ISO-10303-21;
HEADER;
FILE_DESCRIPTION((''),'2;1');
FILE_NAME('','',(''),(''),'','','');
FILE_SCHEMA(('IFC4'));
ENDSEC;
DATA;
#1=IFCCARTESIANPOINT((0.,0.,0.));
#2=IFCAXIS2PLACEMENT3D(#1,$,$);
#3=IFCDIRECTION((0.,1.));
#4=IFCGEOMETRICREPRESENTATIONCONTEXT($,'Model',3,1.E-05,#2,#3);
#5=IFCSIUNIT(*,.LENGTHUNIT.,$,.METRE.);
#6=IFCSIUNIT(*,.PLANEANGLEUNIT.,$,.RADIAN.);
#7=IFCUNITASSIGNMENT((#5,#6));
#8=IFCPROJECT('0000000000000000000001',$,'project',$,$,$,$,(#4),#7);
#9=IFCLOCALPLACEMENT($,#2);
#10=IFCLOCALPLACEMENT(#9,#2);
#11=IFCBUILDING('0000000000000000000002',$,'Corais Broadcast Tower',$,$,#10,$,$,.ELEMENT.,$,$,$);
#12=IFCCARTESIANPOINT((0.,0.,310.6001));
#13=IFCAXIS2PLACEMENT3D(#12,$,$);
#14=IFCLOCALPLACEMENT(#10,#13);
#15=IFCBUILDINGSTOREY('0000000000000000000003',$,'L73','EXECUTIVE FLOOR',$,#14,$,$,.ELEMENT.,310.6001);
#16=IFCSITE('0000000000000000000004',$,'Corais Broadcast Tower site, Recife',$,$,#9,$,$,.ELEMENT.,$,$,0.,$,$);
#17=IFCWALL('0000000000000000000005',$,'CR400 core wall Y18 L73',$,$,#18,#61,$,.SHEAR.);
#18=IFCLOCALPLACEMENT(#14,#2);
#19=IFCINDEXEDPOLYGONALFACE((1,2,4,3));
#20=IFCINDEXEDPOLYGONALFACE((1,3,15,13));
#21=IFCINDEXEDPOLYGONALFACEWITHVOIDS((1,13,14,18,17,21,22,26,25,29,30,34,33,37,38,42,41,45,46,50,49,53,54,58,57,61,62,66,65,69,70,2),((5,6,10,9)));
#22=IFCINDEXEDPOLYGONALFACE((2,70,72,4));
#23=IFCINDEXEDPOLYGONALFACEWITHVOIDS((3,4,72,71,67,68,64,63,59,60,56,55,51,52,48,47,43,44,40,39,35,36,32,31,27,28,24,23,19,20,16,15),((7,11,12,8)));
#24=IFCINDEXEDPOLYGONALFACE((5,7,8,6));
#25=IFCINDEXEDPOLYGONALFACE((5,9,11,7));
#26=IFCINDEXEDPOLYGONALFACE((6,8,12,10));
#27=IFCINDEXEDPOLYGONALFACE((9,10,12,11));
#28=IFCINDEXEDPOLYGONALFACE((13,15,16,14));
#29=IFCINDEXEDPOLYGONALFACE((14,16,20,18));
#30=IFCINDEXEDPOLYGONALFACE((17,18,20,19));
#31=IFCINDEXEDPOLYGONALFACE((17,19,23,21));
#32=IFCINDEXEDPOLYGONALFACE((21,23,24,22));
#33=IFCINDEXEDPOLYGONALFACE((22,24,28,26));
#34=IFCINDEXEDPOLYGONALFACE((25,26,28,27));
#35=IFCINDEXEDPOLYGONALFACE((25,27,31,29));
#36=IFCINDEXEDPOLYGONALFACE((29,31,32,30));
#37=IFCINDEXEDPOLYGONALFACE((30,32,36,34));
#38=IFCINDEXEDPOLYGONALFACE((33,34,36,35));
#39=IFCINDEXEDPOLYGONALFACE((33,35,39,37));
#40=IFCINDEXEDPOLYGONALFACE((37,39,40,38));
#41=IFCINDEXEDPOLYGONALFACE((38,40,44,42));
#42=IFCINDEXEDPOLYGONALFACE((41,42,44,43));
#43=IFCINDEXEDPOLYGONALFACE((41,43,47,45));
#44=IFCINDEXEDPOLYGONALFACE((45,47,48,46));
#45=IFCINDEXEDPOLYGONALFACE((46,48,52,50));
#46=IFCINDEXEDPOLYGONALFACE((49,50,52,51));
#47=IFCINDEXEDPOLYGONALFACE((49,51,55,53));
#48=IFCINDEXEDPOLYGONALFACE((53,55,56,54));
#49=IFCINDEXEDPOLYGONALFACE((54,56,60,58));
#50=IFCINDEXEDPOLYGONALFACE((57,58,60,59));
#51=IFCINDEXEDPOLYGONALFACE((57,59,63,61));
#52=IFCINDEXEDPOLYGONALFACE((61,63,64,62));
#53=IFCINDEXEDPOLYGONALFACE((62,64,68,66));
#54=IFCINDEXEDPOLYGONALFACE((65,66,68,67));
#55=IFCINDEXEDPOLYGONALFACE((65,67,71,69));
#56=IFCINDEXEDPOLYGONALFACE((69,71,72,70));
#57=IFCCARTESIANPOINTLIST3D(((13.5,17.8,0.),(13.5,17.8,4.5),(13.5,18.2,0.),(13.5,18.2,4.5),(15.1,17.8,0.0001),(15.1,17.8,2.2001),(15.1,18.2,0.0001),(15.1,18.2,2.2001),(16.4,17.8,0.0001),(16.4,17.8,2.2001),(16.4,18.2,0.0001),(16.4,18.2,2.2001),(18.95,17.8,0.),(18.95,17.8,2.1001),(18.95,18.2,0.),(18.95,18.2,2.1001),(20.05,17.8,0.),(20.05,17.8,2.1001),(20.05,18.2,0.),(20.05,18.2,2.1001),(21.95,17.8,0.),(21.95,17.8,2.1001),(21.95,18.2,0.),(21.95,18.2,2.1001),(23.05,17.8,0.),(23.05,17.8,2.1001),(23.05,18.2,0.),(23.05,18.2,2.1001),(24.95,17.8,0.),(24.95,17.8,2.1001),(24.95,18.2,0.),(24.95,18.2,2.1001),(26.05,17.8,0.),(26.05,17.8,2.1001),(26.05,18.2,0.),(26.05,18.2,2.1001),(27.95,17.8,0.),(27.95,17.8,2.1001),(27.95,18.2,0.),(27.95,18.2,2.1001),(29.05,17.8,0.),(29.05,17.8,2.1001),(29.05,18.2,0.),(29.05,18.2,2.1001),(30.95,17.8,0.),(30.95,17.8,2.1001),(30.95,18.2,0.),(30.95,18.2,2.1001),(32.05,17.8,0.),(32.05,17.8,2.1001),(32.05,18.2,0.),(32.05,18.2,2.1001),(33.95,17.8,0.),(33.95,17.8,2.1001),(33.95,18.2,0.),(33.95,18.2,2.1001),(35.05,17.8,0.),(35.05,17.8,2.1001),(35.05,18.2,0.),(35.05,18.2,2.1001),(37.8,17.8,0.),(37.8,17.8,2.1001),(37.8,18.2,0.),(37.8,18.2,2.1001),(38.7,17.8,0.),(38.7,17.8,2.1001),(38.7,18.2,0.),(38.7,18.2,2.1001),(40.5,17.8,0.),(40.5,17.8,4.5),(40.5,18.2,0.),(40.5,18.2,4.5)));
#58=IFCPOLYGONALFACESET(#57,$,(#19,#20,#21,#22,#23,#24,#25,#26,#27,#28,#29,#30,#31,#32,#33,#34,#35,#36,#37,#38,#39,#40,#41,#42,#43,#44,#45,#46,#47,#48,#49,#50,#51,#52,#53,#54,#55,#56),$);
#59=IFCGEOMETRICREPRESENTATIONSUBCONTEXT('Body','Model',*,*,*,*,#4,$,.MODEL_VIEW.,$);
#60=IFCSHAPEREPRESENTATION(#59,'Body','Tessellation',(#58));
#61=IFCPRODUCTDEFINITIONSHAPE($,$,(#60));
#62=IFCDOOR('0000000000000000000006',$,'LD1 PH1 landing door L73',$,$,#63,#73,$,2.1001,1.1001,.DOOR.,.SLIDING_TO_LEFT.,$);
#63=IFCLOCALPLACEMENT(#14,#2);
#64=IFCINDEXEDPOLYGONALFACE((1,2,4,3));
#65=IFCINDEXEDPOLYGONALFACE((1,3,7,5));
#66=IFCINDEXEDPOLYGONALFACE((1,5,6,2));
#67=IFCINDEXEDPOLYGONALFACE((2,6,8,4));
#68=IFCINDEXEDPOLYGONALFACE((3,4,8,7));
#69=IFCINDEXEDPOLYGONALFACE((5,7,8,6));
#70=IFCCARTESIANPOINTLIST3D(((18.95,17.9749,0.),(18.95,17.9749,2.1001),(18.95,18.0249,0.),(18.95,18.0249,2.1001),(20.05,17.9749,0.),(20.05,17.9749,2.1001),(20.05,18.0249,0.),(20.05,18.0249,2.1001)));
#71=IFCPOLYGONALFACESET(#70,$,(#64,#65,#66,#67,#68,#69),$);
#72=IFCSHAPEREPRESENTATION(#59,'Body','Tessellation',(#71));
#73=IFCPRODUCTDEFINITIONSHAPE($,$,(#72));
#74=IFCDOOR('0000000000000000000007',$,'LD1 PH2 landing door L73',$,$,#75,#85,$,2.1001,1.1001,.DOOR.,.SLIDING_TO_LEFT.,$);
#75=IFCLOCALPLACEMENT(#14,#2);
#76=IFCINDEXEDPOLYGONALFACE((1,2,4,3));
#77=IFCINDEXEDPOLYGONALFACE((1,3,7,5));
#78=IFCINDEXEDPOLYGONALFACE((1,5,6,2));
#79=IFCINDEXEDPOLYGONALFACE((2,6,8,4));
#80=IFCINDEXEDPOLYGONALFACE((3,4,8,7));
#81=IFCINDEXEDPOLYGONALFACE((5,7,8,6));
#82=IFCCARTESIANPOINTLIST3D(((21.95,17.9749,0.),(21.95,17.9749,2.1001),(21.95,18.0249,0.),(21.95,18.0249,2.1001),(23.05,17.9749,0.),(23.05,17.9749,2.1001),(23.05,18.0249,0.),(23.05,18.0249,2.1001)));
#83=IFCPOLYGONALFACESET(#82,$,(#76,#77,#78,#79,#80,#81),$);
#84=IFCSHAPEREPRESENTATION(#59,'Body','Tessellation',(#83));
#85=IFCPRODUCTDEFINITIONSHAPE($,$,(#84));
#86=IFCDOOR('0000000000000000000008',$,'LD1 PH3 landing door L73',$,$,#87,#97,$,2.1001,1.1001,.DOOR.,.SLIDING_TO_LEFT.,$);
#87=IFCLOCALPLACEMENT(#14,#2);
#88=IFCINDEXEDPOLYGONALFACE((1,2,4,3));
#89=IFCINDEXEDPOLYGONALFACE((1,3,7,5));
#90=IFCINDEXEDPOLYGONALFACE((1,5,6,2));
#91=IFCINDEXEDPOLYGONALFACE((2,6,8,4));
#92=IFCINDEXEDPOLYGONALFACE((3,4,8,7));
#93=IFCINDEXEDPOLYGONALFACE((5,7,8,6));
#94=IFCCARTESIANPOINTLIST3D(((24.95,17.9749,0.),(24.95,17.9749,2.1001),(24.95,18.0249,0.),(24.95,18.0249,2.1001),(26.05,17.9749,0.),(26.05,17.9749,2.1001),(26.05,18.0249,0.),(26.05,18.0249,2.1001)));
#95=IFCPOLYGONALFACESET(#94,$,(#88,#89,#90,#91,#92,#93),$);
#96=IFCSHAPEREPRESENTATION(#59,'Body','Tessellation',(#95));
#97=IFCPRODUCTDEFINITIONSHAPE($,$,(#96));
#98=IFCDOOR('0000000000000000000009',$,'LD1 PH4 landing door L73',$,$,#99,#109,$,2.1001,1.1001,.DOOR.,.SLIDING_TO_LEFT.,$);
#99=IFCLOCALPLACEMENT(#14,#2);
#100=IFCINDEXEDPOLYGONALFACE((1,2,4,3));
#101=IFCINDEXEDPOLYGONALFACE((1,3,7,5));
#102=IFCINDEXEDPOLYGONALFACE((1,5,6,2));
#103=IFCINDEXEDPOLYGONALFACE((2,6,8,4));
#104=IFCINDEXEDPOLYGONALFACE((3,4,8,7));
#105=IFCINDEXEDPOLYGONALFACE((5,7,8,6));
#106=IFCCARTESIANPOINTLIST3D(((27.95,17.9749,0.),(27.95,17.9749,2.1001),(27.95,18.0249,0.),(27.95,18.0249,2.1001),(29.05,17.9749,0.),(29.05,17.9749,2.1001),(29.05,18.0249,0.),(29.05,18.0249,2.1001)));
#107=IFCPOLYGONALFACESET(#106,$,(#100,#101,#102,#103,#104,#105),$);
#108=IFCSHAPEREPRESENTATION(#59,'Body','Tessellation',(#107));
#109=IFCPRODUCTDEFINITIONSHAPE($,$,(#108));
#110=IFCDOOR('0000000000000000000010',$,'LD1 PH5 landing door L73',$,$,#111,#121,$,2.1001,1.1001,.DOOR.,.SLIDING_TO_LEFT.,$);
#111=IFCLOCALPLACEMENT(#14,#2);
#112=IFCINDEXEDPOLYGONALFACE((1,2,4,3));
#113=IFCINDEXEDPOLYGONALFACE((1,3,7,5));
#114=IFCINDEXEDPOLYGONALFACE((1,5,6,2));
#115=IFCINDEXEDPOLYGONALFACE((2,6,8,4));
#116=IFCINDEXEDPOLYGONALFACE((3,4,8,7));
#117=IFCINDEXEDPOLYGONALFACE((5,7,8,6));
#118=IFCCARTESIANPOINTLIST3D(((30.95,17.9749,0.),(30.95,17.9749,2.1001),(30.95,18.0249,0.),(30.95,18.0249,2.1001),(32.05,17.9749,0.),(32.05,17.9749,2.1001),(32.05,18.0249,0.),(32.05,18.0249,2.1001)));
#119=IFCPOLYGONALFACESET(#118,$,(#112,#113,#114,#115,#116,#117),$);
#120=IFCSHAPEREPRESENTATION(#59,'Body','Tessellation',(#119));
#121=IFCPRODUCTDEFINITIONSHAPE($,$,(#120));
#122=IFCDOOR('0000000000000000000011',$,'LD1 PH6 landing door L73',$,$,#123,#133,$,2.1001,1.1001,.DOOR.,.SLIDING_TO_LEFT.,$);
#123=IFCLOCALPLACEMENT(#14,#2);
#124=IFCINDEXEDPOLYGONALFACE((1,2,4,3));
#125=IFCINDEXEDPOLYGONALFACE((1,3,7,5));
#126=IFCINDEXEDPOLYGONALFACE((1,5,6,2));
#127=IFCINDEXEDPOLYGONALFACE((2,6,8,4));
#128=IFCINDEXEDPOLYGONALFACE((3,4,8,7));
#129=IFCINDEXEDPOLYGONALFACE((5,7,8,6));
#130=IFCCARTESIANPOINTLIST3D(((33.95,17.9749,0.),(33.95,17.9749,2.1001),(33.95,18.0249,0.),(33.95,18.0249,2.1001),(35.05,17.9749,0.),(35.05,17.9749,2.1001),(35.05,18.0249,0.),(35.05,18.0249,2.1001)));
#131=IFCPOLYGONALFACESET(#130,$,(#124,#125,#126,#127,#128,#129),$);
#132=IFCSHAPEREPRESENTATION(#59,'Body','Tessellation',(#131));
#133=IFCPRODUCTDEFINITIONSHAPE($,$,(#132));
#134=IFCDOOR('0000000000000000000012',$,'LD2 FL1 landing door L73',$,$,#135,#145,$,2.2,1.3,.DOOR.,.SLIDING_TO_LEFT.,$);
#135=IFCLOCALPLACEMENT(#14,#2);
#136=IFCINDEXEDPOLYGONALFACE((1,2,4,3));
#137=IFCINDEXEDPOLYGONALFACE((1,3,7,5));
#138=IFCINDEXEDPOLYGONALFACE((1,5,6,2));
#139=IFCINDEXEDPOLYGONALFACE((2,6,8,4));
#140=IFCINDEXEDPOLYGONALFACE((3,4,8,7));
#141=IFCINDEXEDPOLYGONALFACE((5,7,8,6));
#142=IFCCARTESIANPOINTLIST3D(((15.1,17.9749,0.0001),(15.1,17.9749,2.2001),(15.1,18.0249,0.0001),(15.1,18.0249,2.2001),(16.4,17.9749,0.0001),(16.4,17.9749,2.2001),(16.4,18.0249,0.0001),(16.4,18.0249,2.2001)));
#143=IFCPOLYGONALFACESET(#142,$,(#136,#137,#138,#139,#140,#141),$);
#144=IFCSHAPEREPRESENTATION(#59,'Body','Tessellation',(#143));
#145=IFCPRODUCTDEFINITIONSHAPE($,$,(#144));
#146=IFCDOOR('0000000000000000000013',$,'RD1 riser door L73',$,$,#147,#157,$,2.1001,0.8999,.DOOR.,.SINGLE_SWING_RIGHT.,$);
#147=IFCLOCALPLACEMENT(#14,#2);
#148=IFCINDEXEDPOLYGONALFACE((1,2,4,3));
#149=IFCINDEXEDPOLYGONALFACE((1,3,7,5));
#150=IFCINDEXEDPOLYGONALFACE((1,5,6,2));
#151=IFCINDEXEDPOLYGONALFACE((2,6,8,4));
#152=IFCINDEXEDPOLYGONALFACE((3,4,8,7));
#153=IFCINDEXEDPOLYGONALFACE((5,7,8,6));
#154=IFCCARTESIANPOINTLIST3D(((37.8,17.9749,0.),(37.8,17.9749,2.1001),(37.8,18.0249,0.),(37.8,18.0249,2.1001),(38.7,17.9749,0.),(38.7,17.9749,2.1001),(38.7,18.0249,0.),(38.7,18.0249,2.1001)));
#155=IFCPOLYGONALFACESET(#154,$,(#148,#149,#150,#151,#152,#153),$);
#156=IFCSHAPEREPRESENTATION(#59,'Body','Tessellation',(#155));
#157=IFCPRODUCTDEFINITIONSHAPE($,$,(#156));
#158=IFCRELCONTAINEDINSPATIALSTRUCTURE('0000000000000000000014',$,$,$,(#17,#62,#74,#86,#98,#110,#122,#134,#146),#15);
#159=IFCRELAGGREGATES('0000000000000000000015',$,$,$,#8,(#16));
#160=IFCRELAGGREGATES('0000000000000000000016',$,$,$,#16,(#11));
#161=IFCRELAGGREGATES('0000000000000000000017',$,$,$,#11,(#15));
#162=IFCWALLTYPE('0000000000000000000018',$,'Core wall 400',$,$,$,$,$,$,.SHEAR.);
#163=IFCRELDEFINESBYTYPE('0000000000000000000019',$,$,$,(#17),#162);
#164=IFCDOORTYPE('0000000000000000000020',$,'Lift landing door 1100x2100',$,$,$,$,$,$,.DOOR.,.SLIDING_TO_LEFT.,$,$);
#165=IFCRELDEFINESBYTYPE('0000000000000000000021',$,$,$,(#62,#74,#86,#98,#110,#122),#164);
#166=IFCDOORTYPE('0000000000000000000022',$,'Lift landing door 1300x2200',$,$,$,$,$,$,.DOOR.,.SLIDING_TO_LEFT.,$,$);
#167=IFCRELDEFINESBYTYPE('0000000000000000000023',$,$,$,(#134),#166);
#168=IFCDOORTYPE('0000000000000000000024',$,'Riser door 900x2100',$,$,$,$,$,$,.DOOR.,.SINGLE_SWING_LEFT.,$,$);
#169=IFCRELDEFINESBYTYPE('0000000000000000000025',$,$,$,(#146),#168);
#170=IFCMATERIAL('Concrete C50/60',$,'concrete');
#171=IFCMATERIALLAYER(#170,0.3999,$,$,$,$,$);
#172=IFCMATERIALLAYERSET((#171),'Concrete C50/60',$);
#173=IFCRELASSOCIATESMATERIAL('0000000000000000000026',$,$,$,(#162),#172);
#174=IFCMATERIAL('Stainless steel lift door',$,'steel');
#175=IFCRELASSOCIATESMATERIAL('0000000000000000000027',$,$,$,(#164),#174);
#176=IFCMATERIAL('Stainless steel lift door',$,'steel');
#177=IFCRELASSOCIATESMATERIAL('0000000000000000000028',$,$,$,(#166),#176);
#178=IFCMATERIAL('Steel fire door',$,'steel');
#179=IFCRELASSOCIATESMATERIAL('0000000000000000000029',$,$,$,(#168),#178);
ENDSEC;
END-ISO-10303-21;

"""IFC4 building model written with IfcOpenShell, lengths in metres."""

from ifc_helpers import new_model, si_unit, direction, frame, frame_2d, origin, place, context, subcontext, project, spatial, rectangle, extrude, material, layer, layer_set, type_object, element, fill, save


model = new_model("IFC4")

# Units and contexts
model_context = context("Model", 3, precision=1e-05, world=origin(), true_north=direction((0.0, 1.0)))
body_context = subcontext(model_context, "Body", "Model", "MODEL_VIEW")
ifc_project = project(units=[si_unit("LENGTHUNIT", "METRE"), si_unit("PLANEANGLEUNIT", "RADIAN")], contexts=[model_context])

# Site, building, storey
site_placement = place(None, origin())
site = spatial("IfcSite", under=ifc_project, at=site_placement, Name="Corais Broadcast Tower site, Recife", CompositionType="ELEMENT", RefElevation=0.0)
building_placement = place(site_placement, origin())
building = spatial("IfcBuilding", under=site, at=building_placement, Name="Corais Broadcast Tower", CompositionType="ELEMENT")
storey_placement = place(building_placement, frame((0.0, 0.0, 310.6001)))
storey = spatial("IfcBuildingStorey", under=building, at=storey_placement, Name="L73", Description="EXECUTIVE FLOOR", CompositionType="ELEMENT", Elevation=310.6001)

# Shared definitions
ifc_material_1 = material(Name="Concrete C50/60", Category="concrete")
ifc_layer_1 = layer(ifc_material_1, 0.3999)
ifc_layer_set_1 = layer_set([ifc_layer_1], Name="Concrete C50/60")
wall_type_1 = type_object("IfcWallType", Name="Core wall 400", PredefinedType="SHEAR", material=ifc_layer_set_1)

# Wall, openings, doors
wall_1_placement = place(storey_placement, frame((13.5, 18.0, 0.0), z_axis=(0.0, 0.0, 1.0), x_axis=(1.0, 0.0, 0.0)))
wall_1 = element("IfcWall", 1, at=wall_1_placement, inside=storey, type_object=wall_type_1, Name="CR400 core wall Y18 L73", PredefinedType="SHEAR", context=body_context, shape_type="SweptSolid", body=[
    extrude(rectangle(XDim=27.0, YDim=0.3999, at=frame_2d((13.5, 0.0))), origin(), (0.0, 0.0, 1.0), 4.5),
])
opening_1_placement = place(wall_1_placement, frame((24.3, 0.0, 0.0)))
opening_1 = element("IfcOpeningElement", 2, at=opening_1_placement, cuts=wall_1, PredefinedType="OPENING", context=body_context, shape_type="SweptSolid", body=[
    extrude(rectangle(XDim=0.8999, YDim=2.1001, at=frame_2d((0.45, 1.05))), frame((0.0, 0.21, 0.0), z_axis=(0.0, -1.0, 0.0), x_axis=(1.0, 0.0, 0.0)), (0.0, 0.0, 1.0), 0.4199),
])
opening_2_placement = place(wall_1_placement, frame((5.45, 0.0, 0.0)))
opening_2 = element("IfcOpeningElement", 3, at=opening_2_placement, cuts=wall_1, PredefinedType="OPENING", context=body_context, shape_type="SweptSolid", body=[
    extrude(rectangle(XDim=1.1001, YDim=2.1001, at=frame_2d((0.55, 1.05))), frame((0.0, 0.21, 0.0), z_axis=(0.0, -1.0, 0.0), x_axis=(1.0, 0.0, 0.0)), (0.0, 0.0, 1.0), 0.4199),
])
opening_3_placement = place(wall_1_placement, frame((8.45, 0.0, 0.0)))
opening_3 = element("IfcOpeningElement", 4, at=opening_3_placement, cuts=wall_1, PredefinedType="OPENING", context=body_context, shape_type="SweptSolid", body=[
    extrude(rectangle(XDim=1.1001, YDim=2.1001, at=frame_2d((0.55, 1.05))), frame((0.0, 0.21, 0.0), z_axis=(0.0, -1.0, 0.0), x_axis=(1.0, 0.0, 0.0)), (0.0, 0.0, 1.0), 0.4199),
])
opening_4_placement = place(wall_1_placement, frame((11.45, 0.0, 0.0)))
opening_4 = element("IfcOpeningElement", 5, at=opening_4_placement, cuts=wall_1, PredefinedType="OPENING", context=body_context, shape_type="SweptSolid", body=[
    extrude(rectangle(XDim=1.1001, YDim=2.1001, at=frame_2d((0.55, 1.05))), frame((0.0, 0.21, 0.0), z_axis=(0.0, -1.0, 0.0), x_axis=(1.0, 0.0, 0.0)), (0.0, 0.0, 1.0), 0.4199),
])
opening_5_placement = place(wall_1_placement, frame((14.45, 0.0, 0.0)))
opening_5 = element("IfcOpeningElement", 6, at=opening_5_placement, cuts=wall_1, PredefinedType="OPENING", context=body_context, shape_type="SweptSolid", body=[
    extrude(rectangle(XDim=1.1001, YDim=2.1001, at=frame_2d((0.55, 1.05))), frame((0.0, 0.21, 0.0), z_axis=(0.0, -1.0, 0.0), x_axis=(1.0, 0.0, 0.0)), (0.0, 0.0, 1.0), 0.4199),
])
opening_6_placement = place(wall_1_placement, frame((17.45, 0.0, 0.0)))
opening_6 = element("IfcOpeningElement", 7, at=opening_6_placement, cuts=wall_1, PredefinedType="OPENING", context=body_context, shape_type="SweptSolid", body=[
    extrude(rectangle(XDim=1.1001, YDim=2.1001, at=frame_2d((0.55, 1.05))), frame((0.0, 0.21, 0.0), z_axis=(0.0, -1.0, 0.0), x_axis=(1.0, 0.0, 0.0)), (0.0, 0.0, 1.0), 0.4199),
])
opening_7_placement = place(wall_1_placement, frame((20.45, 0.0, 0.0)))
opening_7 = element("IfcOpeningElement", 8, at=opening_7_placement, cuts=wall_1, PredefinedType="OPENING", context=body_context, shape_type="SweptSolid", body=[
    extrude(rectangle(XDim=1.1001, YDim=2.1001, at=frame_2d((0.55, 1.05))), frame((0.0, 0.21, 0.0), z_axis=(0.0, -1.0, 0.0), x_axis=(1.0, 0.0, 0.0)), (0.0, 0.0, 1.0), 0.4199),
])
opening_8_placement = place(wall_1_placement, frame((1.6001, 0.0, 0.0)))
opening_8 = element("IfcOpeningElement", 9, at=opening_8_placement, cuts=wall_1, PredefinedType="OPENING", context=body_context, shape_type="SweptSolid", body=[
    extrude(rectangle(XDim=1.3, YDim=2.2, at=frame_2d((0.6499, 1.1001))), frame((0.0, 0.21, 0.0), z_axis=(0.0, -1.0, 0.0), x_axis=(1.0, 0.0, 0.0)), (0.0, 0.0, 1.0), 0.4199),
])
ifc_material_2 = material(Name="Stainless steel lift door", Category="steel")
door_type_1 = type_object("IfcDoorType", Name="Lift landing door 1100x2100", OperationType="SLIDING_TO_LEFT", PredefinedType="DOOR", material=ifc_material_2)
door_1_placement = place(opening_2_placement, origin())
door_1 = element("IfcDoor", 10, at=door_1_placement, inside=storey, type_object=door_type_1, Name="LD1 PH1 landing door L73", OperationType="SLIDING_TO_LEFT", OverallHeight=2.1001, OverallWidth=1.1001, PredefinedType="DOOR", context=body_context, shape_type="SweptSolid", body=[
    extrude(rectangle(XDim=1.1001, YDim=2.1001, at=frame_2d((0.55, 1.05))), frame((0.0, 0.0249, 0.0), z_axis=(0.0, -1.0, 0.0), x_axis=(1.0, 0.0, 0.0)), (0.0, 0.0, 1.0), 0.05),
])
fill(opening_2, door_1)
door_2_placement = place(opening_3_placement, origin())
door_2 = element("IfcDoor", 11, at=door_2_placement, inside=storey, type_object=door_type_1, Name="LD1 PH2 landing door L73", OperationType="SLIDING_TO_LEFT", OverallHeight=2.1001, OverallWidth=1.1001, PredefinedType="DOOR", context=body_context, shape_type="SweptSolid", body=[
    extrude(rectangle(XDim=1.1001, YDim=2.1001, at=frame_2d((0.55, 1.05))), frame((0.0, 0.0249, 0.0), z_axis=(0.0, -1.0, 0.0), x_axis=(1.0, 0.0, 0.0)), (0.0, 0.0, 1.0), 0.05),
])
fill(opening_3, door_2)
door_3_placement = place(opening_4_placement, origin())
door_3 = element("IfcDoor", 12, at=door_3_placement, inside=storey, type_object=door_type_1, Name="LD1 PH3 landing door L73", OperationType="SLIDING_TO_LEFT", OverallHeight=2.1001, OverallWidth=1.1001, PredefinedType="DOOR", context=body_context, shape_type="SweptSolid", body=[
    extrude(rectangle(XDim=1.1001, YDim=2.1001, at=frame_2d((0.55, 1.05))), frame((0.0, 0.0249, 0.0), z_axis=(0.0, -1.0, 0.0), x_axis=(1.0, 0.0, 0.0)), (0.0, 0.0, 1.0), 0.05),
])
fill(opening_4, door_3)
door_4_placement = place(opening_5_placement, origin())
door_4 = element("IfcDoor", 13, at=door_4_placement, inside=storey, type_object=door_type_1, Name="LD1 PH4 landing door L73", OperationType="SLIDING_TO_LEFT", OverallHeight=2.1001, OverallWidth=1.1001, PredefinedType="DOOR", context=body_context, shape_type="SweptSolid", body=[
    extrude(rectangle(XDim=1.1001, YDim=2.1001, at=frame_2d((0.55, 1.05))), frame((0.0, 0.0249, 0.0), z_axis=(0.0, -1.0, 0.0), x_axis=(1.0, 0.0, 0.0)), (0.0, 0.0, 1.0), 0.05),
])
fill(opening_5, door_4)
door_5_placement = place(opening_6_placement, origin())
door_5 = element("IfcDoor", 14, at=door_5_placement, inside=storey, type_object=door_type_1, Name="LD1 PH5 landing door L73", OperationType="SLIDING_TO_LEFT", OverallHeight=2.1001, OverallWidth=1.1001, PredefinedType="DOOR", context=body_context, shape_type="SweptSolid", body=[
    extrude(rectangle(XDim=1.1001, YDim=2.1001, at=frame_2d((0.55, 1.05))), frame((0.0, 0.0249, 0.0), z_axis=(0.0, -1.0, 0.0), x_axis=(1.0, 0.0, 0.0)), (0.0, 0.0, 1.0), 0.05),
])
fill(opening_6, door_5)
door_6_placement = place(opening_7_placement, origin())
door_6 = element("IfcDoor", 15, at=door_6_placement, inside=storey, type_object=door_type_1, Name="LD1 PH6 landing door L73", OperationType="SLIDING_TO_LEFT", OverallHeight=2.1001, OverallWidth=1.1001, PredefinedType="DOOR", context=body_context, shape_type="SweptSolid", body=[
    extrude(rectangle(XDim=1.1001, YDim=2.1001, at=frame_2d((0.55, 1.05))), frame((0.0, 0.0249, 0.0), z_axis=(0.0, -1.0, 0.0), x_axis=(1.0, 0.0, 0.0)), (0.0, 0.0, 1.0), 0.05),
])
fill(opening_7, door_6)
ifc_material_3 = material(Name="Stainless steel lift door", Category="steel")
door_type_2 = type_object("IfcDoorType", Name="Lift landing door 1300x2200", OperationType="SLIDING_TO_LEFT", PredefinedType="DOOR", material=ifc_material_3)
door_7_placement = place(opening_8_placement, origin())
door_7 = element("IfcDoor", 16, at=door_7_placement, inside=storey, type_object=door_type_2, Name="LD2 FL1 landing door L73", OperationType="SLIDING_TO_LEFT", OverallHeight=2.2, OverallWidth=1.3, PredefinedType="DOOR", context=body_context, shape_type="SweptSolid", body=[
    extrude(rectangle(XDim=1.3, YDim=2.2, at=frame_2d((0.6499, 1.1001))), frame((0.0, 0.0249, 0.0), z_axis=(0.0, -1.0, 0.0), x_axis=(1.0, 0.0, 0.0)), (0.0, 0.0, 1.0), 0.05),
])
fill(opening_8, door_7)
ifc_material_4 = material(Name="Steel fire door", Category="steel")
door_type_3 = type_object("IfcDoorType", Name="Riser door 900x2100", OperationType="SINGLE_SWING_LEFT", PredefinedType="DOOR", material=ifc_material_4)
door_8_placement = place(opening_1_placement, origin())
door_8 = element("IfcDoor", 17, at=door_8_placement, inside=storey, type_object=door_type_3, Name="RD1 riser door L73", OperationType="SINGLE_SWING_RIGHT", OverallHeight=2.1001, OverallWidth=0.8999, PredefinedType="DOOR", context=body_context, shape_type="SweptSolid", body=[
    extrude(rectangle(XDim=0.8999, YDim=2.1001, at=frame_2d((0.45, 1.05))), frame((0.0, 0.0249, 0.0), z_axis=(0.0, -1.0, 0.0), x_axis=(1.0, 0.0, 0.0)), (0.0, 0.0, 1.0), 0.05),
])
fill(opening_1, door_8)

save(model, "model.ifc")
